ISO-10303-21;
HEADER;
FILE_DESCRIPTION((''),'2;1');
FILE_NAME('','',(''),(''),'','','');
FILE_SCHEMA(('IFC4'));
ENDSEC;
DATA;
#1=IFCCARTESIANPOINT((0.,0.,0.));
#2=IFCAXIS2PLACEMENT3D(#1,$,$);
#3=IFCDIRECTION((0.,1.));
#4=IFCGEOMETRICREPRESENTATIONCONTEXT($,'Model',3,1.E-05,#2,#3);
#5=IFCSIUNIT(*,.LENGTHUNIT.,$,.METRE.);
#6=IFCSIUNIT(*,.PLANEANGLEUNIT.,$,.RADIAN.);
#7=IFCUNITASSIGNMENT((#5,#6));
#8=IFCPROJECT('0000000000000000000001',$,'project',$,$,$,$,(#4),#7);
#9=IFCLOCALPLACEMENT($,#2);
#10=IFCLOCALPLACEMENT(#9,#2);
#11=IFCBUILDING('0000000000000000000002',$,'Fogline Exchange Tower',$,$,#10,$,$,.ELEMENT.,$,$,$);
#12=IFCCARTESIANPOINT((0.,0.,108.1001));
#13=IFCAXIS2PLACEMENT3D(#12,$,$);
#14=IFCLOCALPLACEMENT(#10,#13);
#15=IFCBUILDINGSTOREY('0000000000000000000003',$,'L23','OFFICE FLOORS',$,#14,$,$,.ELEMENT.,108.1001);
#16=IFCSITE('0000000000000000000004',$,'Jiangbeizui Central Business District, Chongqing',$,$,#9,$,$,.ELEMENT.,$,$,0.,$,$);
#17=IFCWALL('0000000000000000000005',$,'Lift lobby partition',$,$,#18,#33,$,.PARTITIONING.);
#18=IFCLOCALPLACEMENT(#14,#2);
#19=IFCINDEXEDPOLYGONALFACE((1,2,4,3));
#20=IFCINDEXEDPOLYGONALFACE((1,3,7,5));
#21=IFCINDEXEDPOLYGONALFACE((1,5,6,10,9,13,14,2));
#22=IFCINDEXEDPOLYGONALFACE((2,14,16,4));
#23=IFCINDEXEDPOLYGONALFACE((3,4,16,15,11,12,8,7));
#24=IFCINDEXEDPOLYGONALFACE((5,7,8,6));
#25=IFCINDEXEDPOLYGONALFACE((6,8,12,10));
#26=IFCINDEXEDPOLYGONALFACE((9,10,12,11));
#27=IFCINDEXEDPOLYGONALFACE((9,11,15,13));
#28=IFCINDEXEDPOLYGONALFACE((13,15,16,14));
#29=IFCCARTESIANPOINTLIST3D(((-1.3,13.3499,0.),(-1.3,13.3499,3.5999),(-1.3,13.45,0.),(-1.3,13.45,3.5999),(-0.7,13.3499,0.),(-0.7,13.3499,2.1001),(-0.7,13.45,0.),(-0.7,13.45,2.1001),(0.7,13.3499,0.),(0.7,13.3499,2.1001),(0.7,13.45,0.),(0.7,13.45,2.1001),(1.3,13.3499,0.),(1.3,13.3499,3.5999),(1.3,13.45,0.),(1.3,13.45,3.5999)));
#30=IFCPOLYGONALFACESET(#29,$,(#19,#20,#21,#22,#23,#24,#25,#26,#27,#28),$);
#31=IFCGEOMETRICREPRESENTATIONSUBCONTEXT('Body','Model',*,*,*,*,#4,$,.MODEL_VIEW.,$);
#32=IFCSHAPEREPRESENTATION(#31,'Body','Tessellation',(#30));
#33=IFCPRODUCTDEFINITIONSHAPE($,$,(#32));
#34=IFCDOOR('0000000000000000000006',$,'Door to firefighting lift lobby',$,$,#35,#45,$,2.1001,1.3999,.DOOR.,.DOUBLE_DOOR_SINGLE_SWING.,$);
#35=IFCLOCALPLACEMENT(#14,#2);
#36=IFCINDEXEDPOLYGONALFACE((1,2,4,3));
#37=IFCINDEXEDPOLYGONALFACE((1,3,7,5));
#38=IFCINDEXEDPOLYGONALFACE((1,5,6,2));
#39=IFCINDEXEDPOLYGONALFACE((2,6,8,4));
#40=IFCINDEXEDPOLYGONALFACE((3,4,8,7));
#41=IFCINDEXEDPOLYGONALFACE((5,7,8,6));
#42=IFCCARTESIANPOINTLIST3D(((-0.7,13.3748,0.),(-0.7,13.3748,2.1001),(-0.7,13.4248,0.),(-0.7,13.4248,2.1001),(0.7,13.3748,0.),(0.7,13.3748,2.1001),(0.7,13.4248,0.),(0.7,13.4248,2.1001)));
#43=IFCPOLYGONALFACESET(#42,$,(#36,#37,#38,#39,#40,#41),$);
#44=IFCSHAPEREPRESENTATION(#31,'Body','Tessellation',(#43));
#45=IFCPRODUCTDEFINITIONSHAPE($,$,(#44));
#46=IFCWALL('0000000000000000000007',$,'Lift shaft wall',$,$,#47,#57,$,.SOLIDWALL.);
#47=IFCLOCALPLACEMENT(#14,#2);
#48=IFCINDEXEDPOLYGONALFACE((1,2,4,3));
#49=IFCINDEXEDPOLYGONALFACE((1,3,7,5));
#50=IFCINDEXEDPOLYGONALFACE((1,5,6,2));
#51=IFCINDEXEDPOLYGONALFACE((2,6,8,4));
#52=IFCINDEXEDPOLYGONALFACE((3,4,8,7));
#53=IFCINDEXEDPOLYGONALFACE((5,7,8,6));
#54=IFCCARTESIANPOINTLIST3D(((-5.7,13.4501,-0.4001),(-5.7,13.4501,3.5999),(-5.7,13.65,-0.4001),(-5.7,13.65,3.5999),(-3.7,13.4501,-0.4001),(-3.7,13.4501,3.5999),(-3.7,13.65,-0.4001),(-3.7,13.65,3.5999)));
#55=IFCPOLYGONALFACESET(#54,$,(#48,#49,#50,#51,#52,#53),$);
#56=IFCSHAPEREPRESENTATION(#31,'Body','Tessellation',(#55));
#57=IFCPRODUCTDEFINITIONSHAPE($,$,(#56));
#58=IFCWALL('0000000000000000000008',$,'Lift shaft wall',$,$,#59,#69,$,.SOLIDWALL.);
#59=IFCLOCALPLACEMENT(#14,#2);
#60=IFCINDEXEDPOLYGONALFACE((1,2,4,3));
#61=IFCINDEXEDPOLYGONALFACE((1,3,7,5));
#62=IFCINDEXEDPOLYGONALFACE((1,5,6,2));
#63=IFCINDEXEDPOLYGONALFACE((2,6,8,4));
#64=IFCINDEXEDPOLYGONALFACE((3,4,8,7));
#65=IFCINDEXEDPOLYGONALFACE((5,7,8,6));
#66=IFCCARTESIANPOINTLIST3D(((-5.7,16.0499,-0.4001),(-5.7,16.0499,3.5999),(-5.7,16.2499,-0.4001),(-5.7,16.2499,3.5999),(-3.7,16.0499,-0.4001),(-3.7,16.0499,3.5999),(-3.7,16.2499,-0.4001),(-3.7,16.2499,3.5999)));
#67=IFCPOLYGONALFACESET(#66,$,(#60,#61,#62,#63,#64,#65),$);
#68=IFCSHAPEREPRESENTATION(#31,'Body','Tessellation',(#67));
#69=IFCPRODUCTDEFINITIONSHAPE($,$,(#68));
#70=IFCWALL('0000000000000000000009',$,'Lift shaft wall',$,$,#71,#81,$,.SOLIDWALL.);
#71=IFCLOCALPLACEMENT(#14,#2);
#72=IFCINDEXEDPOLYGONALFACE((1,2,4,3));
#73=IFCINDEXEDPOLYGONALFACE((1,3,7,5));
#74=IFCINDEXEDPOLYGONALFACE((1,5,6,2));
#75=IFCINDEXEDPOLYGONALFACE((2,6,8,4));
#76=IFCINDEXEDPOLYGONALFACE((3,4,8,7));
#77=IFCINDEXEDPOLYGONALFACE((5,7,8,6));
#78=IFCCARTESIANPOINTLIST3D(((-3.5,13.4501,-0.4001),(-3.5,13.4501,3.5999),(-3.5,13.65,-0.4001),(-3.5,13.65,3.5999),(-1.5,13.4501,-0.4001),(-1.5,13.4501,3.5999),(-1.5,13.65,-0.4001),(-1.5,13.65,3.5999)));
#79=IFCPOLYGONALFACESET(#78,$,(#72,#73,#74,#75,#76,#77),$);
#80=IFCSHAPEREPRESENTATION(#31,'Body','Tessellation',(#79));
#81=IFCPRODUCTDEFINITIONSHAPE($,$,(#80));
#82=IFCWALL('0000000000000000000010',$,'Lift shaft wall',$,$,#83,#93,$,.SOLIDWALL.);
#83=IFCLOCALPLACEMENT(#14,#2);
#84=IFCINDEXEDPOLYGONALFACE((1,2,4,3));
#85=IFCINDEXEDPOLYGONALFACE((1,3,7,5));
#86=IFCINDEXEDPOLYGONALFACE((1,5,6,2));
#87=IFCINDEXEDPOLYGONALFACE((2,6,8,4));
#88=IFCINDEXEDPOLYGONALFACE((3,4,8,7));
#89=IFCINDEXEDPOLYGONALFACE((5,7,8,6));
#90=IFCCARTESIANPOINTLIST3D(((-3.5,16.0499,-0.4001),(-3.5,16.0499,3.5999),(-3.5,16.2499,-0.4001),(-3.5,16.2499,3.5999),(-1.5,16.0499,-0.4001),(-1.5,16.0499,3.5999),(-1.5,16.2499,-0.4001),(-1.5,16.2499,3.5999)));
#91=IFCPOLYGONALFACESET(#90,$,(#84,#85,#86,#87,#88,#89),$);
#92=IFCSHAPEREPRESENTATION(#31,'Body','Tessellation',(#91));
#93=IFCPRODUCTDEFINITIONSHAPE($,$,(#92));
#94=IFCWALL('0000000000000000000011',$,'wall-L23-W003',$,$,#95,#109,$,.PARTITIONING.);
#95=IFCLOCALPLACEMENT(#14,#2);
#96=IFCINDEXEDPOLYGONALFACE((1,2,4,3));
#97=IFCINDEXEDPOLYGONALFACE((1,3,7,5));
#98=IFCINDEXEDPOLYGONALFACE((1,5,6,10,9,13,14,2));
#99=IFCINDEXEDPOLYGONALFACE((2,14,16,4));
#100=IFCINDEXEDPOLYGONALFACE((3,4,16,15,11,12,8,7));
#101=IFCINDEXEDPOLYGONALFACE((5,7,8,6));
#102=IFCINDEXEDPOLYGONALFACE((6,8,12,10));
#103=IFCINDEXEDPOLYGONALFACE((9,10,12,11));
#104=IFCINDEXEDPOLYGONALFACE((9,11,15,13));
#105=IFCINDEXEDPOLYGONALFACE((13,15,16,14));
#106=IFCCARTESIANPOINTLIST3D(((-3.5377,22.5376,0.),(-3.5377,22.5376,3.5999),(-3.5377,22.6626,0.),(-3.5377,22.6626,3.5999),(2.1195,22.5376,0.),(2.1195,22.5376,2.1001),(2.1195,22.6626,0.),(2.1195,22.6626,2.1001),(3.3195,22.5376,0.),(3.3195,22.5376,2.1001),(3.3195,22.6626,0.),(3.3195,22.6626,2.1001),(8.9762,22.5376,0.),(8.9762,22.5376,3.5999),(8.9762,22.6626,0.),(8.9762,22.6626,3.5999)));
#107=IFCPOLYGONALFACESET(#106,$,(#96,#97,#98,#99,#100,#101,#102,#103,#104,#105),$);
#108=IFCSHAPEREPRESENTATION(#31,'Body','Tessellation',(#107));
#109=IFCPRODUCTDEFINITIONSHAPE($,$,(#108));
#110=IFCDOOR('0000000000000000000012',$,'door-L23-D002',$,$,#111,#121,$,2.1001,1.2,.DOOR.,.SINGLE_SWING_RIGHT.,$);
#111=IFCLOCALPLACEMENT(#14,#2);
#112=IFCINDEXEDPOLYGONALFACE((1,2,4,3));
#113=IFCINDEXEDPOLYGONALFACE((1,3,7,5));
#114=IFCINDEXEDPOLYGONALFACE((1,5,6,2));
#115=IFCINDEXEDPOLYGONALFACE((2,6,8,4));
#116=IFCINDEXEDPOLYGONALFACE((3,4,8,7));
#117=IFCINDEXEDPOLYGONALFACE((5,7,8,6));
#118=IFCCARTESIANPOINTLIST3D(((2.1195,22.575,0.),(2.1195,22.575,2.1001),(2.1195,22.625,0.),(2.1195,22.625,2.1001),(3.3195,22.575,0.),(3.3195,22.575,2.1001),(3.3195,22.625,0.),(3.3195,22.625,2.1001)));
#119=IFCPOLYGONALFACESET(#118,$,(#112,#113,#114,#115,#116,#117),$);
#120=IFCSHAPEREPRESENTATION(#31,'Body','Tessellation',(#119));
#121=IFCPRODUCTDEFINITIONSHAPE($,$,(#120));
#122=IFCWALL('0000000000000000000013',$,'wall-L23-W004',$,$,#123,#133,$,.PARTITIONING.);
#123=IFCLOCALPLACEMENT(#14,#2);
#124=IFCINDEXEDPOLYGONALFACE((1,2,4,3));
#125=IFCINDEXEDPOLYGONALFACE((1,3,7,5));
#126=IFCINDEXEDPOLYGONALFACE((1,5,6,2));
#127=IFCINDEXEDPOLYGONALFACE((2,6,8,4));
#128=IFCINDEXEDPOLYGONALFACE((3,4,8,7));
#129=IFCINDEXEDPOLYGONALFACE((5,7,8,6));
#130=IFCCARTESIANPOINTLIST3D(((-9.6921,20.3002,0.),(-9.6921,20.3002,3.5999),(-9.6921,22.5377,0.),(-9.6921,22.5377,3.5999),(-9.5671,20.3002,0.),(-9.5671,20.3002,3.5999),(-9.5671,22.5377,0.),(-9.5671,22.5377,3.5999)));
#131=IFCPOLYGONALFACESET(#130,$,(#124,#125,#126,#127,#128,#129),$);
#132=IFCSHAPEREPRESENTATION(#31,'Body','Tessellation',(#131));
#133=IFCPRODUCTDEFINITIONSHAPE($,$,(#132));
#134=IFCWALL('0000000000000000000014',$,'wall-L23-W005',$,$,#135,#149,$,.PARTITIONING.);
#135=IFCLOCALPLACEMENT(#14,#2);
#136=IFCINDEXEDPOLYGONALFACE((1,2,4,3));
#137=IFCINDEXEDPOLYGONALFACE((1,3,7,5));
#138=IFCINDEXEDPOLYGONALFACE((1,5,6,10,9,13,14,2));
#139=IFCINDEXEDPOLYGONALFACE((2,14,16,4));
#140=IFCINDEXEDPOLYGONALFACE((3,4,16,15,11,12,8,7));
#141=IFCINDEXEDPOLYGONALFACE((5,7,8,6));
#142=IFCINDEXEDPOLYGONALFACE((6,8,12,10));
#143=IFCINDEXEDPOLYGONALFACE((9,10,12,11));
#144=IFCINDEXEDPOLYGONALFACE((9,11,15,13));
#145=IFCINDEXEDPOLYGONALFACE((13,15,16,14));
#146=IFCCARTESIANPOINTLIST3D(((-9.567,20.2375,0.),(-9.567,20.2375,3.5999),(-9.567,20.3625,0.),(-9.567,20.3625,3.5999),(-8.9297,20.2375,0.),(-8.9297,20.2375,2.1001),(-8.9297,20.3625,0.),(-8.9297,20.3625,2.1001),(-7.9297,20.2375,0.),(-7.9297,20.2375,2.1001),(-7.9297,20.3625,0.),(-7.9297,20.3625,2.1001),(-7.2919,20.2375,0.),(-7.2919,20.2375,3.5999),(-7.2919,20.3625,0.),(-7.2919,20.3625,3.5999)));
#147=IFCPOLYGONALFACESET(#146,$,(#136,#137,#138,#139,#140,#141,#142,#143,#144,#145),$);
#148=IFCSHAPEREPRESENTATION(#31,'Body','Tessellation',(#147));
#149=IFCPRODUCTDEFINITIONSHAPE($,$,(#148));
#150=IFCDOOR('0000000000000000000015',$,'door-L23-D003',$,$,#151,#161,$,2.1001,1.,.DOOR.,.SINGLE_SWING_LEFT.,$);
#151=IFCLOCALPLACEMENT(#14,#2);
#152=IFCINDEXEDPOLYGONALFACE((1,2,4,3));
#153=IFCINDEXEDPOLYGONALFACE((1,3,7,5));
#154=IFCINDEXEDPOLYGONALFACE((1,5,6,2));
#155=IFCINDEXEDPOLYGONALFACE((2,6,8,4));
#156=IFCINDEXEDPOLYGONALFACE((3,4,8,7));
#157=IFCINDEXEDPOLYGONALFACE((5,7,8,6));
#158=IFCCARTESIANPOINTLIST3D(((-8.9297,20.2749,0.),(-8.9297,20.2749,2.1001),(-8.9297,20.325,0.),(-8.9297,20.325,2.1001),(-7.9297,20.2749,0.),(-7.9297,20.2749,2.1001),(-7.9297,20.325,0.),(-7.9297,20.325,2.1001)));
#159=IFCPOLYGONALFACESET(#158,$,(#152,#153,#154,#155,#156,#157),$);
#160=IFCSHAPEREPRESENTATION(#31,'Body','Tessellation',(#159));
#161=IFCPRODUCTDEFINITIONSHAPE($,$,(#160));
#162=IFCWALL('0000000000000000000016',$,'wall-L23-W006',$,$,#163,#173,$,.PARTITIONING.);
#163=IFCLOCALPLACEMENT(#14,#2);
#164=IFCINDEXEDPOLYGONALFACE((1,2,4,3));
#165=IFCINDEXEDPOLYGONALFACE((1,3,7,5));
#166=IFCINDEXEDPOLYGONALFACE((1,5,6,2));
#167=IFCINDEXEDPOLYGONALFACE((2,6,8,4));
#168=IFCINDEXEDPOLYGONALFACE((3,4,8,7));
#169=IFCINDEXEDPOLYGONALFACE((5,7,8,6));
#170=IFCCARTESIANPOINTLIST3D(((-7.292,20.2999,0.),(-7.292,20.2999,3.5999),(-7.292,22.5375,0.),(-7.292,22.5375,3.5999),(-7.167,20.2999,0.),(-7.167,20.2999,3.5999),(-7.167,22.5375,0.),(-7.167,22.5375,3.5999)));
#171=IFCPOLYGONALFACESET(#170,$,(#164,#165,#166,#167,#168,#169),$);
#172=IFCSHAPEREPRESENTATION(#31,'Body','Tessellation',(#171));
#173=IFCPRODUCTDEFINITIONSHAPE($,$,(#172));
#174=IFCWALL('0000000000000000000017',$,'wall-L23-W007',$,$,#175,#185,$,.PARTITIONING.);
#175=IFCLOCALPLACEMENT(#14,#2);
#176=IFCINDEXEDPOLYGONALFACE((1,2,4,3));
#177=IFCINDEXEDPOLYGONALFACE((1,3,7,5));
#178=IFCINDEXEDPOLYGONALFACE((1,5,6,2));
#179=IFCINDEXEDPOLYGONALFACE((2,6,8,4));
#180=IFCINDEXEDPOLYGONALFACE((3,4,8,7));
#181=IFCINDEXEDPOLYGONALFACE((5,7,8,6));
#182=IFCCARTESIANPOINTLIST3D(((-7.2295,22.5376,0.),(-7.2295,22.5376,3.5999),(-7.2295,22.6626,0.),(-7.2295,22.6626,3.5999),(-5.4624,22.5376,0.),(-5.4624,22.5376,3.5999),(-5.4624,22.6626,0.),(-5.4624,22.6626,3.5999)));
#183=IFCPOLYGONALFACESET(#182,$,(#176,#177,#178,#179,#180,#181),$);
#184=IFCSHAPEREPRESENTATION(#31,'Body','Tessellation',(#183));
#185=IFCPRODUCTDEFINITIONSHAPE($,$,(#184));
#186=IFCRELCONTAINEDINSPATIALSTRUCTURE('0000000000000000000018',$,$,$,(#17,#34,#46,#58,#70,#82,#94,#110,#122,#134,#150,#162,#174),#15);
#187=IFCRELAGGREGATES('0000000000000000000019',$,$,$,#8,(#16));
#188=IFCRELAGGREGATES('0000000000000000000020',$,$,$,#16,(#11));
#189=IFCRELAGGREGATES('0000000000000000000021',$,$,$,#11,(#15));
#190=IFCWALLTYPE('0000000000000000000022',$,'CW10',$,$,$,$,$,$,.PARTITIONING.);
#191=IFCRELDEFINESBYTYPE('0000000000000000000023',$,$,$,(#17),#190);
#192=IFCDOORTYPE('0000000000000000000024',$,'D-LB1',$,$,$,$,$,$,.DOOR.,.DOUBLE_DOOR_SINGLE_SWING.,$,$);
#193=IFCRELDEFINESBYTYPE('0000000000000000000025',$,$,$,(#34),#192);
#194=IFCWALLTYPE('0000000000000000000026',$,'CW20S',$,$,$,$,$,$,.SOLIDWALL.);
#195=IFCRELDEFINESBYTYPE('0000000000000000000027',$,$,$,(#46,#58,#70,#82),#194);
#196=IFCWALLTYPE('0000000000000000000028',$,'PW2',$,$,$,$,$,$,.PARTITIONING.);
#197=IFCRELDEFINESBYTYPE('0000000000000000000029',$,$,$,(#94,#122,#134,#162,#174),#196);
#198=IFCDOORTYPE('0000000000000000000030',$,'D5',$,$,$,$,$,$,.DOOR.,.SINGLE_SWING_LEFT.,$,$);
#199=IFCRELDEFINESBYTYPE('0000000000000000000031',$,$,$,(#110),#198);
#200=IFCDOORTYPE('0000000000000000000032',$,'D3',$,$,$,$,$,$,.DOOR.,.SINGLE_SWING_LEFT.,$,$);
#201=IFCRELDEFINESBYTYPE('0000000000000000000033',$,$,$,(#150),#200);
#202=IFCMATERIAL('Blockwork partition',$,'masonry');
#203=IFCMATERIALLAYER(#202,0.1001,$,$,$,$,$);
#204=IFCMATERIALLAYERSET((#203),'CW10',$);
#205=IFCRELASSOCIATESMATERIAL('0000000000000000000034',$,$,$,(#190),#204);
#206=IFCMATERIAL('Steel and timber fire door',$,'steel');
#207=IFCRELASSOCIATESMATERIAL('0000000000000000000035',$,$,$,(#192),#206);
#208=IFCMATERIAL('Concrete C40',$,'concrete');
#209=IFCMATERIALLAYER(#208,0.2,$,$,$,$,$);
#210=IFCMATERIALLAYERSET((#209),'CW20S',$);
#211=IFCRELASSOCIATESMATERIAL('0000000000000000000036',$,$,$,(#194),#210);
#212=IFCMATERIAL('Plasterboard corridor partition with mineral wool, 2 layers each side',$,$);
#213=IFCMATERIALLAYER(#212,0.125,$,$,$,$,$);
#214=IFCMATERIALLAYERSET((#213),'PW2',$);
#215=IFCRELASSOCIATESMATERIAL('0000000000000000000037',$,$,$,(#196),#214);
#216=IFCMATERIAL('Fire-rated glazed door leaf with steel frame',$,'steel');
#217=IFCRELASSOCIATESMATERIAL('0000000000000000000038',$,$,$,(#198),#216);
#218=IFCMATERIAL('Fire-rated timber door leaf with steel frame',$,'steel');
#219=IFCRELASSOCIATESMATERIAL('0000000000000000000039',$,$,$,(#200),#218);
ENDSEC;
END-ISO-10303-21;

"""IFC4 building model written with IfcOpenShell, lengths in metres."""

from ifc_helpers import new_model, si_unit, direction, frame, frame_2d, origin, place, context, subcontext, project, spatial, rectangle, extrude, material, layer, layer_set, type_object, element, fill, save


model = new_model("IFC4")

# Units and contexts
model_context = context("Model", 3, precision=1e-05, world=origin(), true_north=direction((0.0, 1.0)))
body_context = subcontext(model_context, "Body", "Model", "MODEL_VIEW")
ifc_project = project(units=[si_unit("LENGTHUNIT", "METRE"), si_unit("PLANEANGLEUNIT", "RADIAN")], contexts=[model_context])

# Site, building, storey
site_placement = place(None, origin())
site = spatial("IfcSite", under=ifc_project, at=site_placement, Name="Jiangbeizui Central Business District, Chongqing", CompositionType="ELEMENT", RefElevation=0.0)
building_placement = place(site_placement, origin())
building = spatial("IfcBuilding", under=site, at=building_placement, Name="Fogline Exchange Tower", CompositionType="ELEMENT")
storey_placement = place(building_placement, frame((0.0, 0.0, 108.1001)))
storey = spatial("IfcBuildingStorey", under=building, at=storey_placement, Name="L23", Description="OFFICE FLOORS", CompositionType="ELEMENT", Elevation=108.1001)

# Shared definitions
ifc_material_1 = material(Name="Concrete C40", Category="concrete")

# Wall, opening, door
ifc_material_2 = material(Name="Blockwork partition", Category="masonry")
ifc_layer_1 = layer(ifc_material_2, 0.1001)
ifc_layer_set_1 = layer_set([ifc_layer_1], Name="CW10")
wall_type_1 = type_object("IfcWallType", Name="CW10", PredefinedType="PARTITIONING", material=ifc_layer_set_1)
wall_1_placement = place(storey_placement, frame((-1.3, 13.3999, 0.0), z_axis=(0.0, 0.0, 1.0), x_axis=(1.0, 0.0, 0.0)))
wall_1 = element("IfcWall", 1, at=wall_1_placement, inside=storey, type_object=wall_type_1, Name="Lift lobby partition", PredefinedType="PARTITIONING", context=body_context, shape_type="SweptSolid", body=[
    extrude(rectangle(XDim=2.6001, YDim=0.1001, at=frame_2d((1.3, 0.0))), origin(), (0.0, 0.0, 1.0), 3.5999),
])
opening_1_placement = place(wall_1_placement, frame((0.6001, 0.0, 0.0)))
opening_1 = element("IfcOpeningElement", 2, at=opening_1_placement, cuts=wall_1, PredefinedType="OPENING", context=body_context, shape_type="SweptSolid", body=[
    extrude(rectangle(XDim=1.3999, YDim=2.1001, at=frame_2d((0.7, 1.05))), frame((0.0, 0.0601, 0.0), z_axis=(0.0, -1.0, 0.0), x_axis=(1.0, 0.0, 0.0)), (0.0, 0.0, 1.0), 0.1201),
])
ifc_material_3 = material(Name="Steel and timber fire door", Category="steel")
door_type_1 = type_object("IfcDoorType", Name="D-LB1", OperationType="DOUBLE_DOOR_SINGLE_SWING", PredefinedType="DOOR", material=ifc_material_3)
door_1_placement = place(opening_1_placement, origin())
door_1 = element("IfcDoor", 3, at=door_1_placement, inside=storey, type_object=door_type_1, Name="Door to firefighting lift lobby", OperationType="DOUBLE_DOOR_SINGLE_SWING", OverallHeight=2.1001, OverallWidth=1.3999, PredefinedType="DOOR", context=body_context, shape_type="SweptSolid", body=[
    extrude(rectangle(XDim=1.3999, YDim=2.1001, at=frame_2d((0.7, 1.05))), frame((0.0, 0.0249, 0.0), z_axis=(0.0, -1.0, 0.0), x_axis=(1.0, 0.0, 0.0)), (0.0, 0.0, 1.0), 0.05),
])
fill(opening_1, door_1)

# Walls
ifc_layer_2 = layer(ifc_material_1, 0.2)
ifc_layer_set_2 = layer_set([ifc_layer_2], Name="CW20S")
wall_type_2 = type_object("IfcWallType", Name="CW20S", PredefinedType="SOLIDWALL", material=ifc_layer_set_2)
for number, where, z_axis, x_axis, name in (
    (4, (-5.7, 13.55, -0.4001), (0.0, 0.0, 1.0), (1.0, 0.0, 0.0), "Lift shaft wall"),
    (5, (-5.7, 16.1499, -0.4001), (0.0, 0.0, 1.0), (1.0, 0.0, 0.0), "Lift shaft wall"),
    (6, (-3.5, 13.55, -0.4001), (0.0, 0.0, 1.0), (1.0, 0.0, 0.0), "Lift shaft wall"),
    (7, (-3.5, 16.1499, -0.4001), (0.0, 0.0, 1.0), (1.0, 0.0, 0.0), "Lift shaft wall"),
):
    element("IfcWall", number, at=place(storey_placement, frame(where, z_axis=z_axis, x_axis=x_axis)), inside=storey, type_object=wall_type_2, Name=name, PredefinedType="SOLIDWALL", context=body_context, shape_type="SweptSolid", body=[
        extrude(rectangle(XDim=2.0, YDim=0.2, at=frame_2d((1.0, 0.0))), origin(), (0.0, 0.0, 1.0), 4.0),
    ])

# Wall, opening, door
ifc_material_4 = material(Name="Plasterboard corridor partition with mineral wool, 2 layers each side")
ifc_layer_3 = layer(ifc_material_4, 0.125)
ifc_layer_set_3 = layer_set([ifc_layer_3], Name="PW2")
wall_type_3 = type_object("IfcWallType", Name="PW2", PredefinedType="PARTITIONING", material=ifc_layer_set_3)
wall_2_placement = place(storey_placement, frame((-3.5376, 22.6001, 0.0), z_axis=(0.0, 0.0, 1.0), x_axis=(1.0, 0.0, 0.0)))
wall_2 = element("IfcWall", 8, at=wall_2_placement, inside=storey, type_object=wall_type_3, Name="wall-L23-W003", PredefinedType="PARTITIONING", context=body_context, shape_type="SweptSolid", body=[
    extrude(rectangle(XDim=12.5139, YDim=0.125, at=frame_2d((6.2568, 0.0))), origin(), (0.0, 0.0, 1.0), 3.5999),
])
opening_2_placement = place(wall_2_placement, frame((5.657, 0.0, 0.0)))
opening_2 = element("IfcOpeningElement", 9, at=opening_2_placement, cuts=wall_2, PredefinedType="OPENING", context=body_context, shape_type="SweptSolid", body=[
    extrude(rectangle(XDim=1.2, YDim=2.1001, at=frame_2d((0.6001, 1.05))), frame((0.0, 0.0725, 0.0), z_axis=(0.0, -1.0, 0.0), x_axis=(1.0, 0.0, 0.0)), (0.0, 0.0, 1.0), 0.145),
])
ifc_material_5 = material(Name="Fire-rated glazed door leaf with steel frame", Category="steel")
door_type_2 = type_object("IfcDoorType", Name="D5", OperationType="SINGLE_SWING_LEFT", PredefinedType="DOOR", material=ifc_material_5)
door_2_placement = place(opening_2_placement, origin())
door_2 = element("IfcDoor", 10, at=door_2_placement, inside=storey, type_object=door_type_2, Name="door-L23-D002", OperationType="SINGLE_SWING_RIGHT", OverallHeight=2.1001, OverallWidth=1.2, PredefinedType="DOOR", context=body_context, shape_type="SweptSolid", body=[
    extrude(rectangle(XDim=1.2, YDim=2.1001, at=frame_2d((0.6001, 1.05))), frame((0.0, 0.0249, 0.0), z_axis=(0.0, -1.0, 0.0), x_axis=(1.0, 0.0, 0.0)), (0.0, 0.0, 1.0), 0.05),
])
fill(opening_2, door_2)

# Wall
wall_3_placement = place(storey_placement, frame((-9.6296, 22.5376, 0.0), z_axis=(0.0, 0.0, 1.0), x_axis=(0.0, -1.0, 0.0)))
element("IfcWall", 11, at=wall_3_placement, inside=storey, type_object=wall_type_3, Name="wall-L23-W004", PredefinedType="PARTITIONING", context=body_context, shape_type="SweptSolid", body=[
    extrude(rectangle(XDim=2.2375, YDim=0.125, at=frame_2d((1.1187, 0.0))), origin(), (0.0, 0.0, 1.0), 3.5999),
])

# Wall, opening, door
wall_4_placement = place(storey_placement, frame((-9.5671, 20.3, 0.0), z_axis=(0.0, 0.0, 1.0), x_axis=(1.0, 0.0, 0.0)))
wall_4 = element("IfcWall", 12, at=wall_4_placement, inside=storey, type_object=wall_type_3, Name="wall-L23-W005", PredefinedType="PARTITIONING", context=body_context, shape_type="SweptSolid", body=[
    extrude(rectangle(XDim=2.2751, YDim=0.125, at=frame_2d((1.1377, 0.0))), origin(), (0.0, 0.0, 1.0), 3.5999),
])
opening_3_placement = place(wall_4_placement, frame((0.6375, 0.0, 0.0)))
opening_3 = element("IfcOpeningElement", 13, at=opening_3_placement, cuts=wall_4, PredefinedType="OPENING", context=body_context, shape_type="SweptSolid", body=[
    extrude(rectangle(XDim=1.0, YDim=2.1001, at=frame_2d((0.5, 1.05))), frame((0.0, 0.0725, 0.0), z_axis=(0.0, -1.0, 0.0), x_axis=(1.0, 0.0, 0.0)), (0.0, 0.0, 1.0), 0.145),
])
ifc_material_6 = material(Name="Fire-rated timber door leaf with steel frame", Category="steel")
door_type_3 = type_object("IfcDoorType", Name="D3", OperationType="SINGLE_SWING_LEFT", PredefinedType="DOOR", material=ifc_material_6)
door_3_placement = place(opening_3_placement, origin())
door_3 = element("IfcDoor", 14, at=door_3_placement, inside=storey, type_object=door_type_3, Name="door-L23-D003", OperationType="SINGLE_SWING_LEFT", OverallHeight=2.1001, OverallWidth=1.0, PredefinedType="DOOR", context=body_context, shape_type="SweptSolid", body=[
    extrude(rectangle(XDim=1.0, YDim=2.1001, at=frame_2d((0.5, 1.05))), frame((0.0, 0.0249, 0.0), z_axis=(0.0, -1.0, 0.0), x_axis=(1.0, 0.0, 0.0)), (0.0, 0.0, 1.0), 0.05),
])
fill(opening_3, door_3)

# Walls
wall_5_placement = place(storey_placement, frame((-7.2295, 20.3, 0.0), z_axis=(0.0, 0.0, 1.0), x_axis=(0.0, 1.0, 0.0)))
element("IfcWall", 15, at=wall_5_placement, inside=storey, type_object=wall_type_3, Name="wall-L23-W006", PredefinedType="PARTITIONING", context=body_context, shape_type="SweptSolid", body=[
    extrude(rectangle(XDim=2.2375, YDim=0.125, at=frame_2d((1.1187, 0.0))), origin(), (0.0, 0.0, 1.0), 3.5999),
])
wall_6_placement = place(storey_placement, frame((-7.2295, 22.6001, 0.0), z_axis=(0.0, 0.0, 1.0), x_axis=(1.0, 0.0, 0.0)))
element("IfcWall", 16, at=wall_6_placement, inside=storey, type_object=wall_type_3, Name="wall-L23-W007", PredefinedType="PARTITIONING", context=body_context, shape_type="SweptSolid", body=[
    extrude(rectangle(XDim=1.7671, YDim=0.125, at=frame_2d((0.8835, 0.0))), origin(), (0.0, 0.0, 1.0), 3.5999),
])

save(model, "model.ifc")
